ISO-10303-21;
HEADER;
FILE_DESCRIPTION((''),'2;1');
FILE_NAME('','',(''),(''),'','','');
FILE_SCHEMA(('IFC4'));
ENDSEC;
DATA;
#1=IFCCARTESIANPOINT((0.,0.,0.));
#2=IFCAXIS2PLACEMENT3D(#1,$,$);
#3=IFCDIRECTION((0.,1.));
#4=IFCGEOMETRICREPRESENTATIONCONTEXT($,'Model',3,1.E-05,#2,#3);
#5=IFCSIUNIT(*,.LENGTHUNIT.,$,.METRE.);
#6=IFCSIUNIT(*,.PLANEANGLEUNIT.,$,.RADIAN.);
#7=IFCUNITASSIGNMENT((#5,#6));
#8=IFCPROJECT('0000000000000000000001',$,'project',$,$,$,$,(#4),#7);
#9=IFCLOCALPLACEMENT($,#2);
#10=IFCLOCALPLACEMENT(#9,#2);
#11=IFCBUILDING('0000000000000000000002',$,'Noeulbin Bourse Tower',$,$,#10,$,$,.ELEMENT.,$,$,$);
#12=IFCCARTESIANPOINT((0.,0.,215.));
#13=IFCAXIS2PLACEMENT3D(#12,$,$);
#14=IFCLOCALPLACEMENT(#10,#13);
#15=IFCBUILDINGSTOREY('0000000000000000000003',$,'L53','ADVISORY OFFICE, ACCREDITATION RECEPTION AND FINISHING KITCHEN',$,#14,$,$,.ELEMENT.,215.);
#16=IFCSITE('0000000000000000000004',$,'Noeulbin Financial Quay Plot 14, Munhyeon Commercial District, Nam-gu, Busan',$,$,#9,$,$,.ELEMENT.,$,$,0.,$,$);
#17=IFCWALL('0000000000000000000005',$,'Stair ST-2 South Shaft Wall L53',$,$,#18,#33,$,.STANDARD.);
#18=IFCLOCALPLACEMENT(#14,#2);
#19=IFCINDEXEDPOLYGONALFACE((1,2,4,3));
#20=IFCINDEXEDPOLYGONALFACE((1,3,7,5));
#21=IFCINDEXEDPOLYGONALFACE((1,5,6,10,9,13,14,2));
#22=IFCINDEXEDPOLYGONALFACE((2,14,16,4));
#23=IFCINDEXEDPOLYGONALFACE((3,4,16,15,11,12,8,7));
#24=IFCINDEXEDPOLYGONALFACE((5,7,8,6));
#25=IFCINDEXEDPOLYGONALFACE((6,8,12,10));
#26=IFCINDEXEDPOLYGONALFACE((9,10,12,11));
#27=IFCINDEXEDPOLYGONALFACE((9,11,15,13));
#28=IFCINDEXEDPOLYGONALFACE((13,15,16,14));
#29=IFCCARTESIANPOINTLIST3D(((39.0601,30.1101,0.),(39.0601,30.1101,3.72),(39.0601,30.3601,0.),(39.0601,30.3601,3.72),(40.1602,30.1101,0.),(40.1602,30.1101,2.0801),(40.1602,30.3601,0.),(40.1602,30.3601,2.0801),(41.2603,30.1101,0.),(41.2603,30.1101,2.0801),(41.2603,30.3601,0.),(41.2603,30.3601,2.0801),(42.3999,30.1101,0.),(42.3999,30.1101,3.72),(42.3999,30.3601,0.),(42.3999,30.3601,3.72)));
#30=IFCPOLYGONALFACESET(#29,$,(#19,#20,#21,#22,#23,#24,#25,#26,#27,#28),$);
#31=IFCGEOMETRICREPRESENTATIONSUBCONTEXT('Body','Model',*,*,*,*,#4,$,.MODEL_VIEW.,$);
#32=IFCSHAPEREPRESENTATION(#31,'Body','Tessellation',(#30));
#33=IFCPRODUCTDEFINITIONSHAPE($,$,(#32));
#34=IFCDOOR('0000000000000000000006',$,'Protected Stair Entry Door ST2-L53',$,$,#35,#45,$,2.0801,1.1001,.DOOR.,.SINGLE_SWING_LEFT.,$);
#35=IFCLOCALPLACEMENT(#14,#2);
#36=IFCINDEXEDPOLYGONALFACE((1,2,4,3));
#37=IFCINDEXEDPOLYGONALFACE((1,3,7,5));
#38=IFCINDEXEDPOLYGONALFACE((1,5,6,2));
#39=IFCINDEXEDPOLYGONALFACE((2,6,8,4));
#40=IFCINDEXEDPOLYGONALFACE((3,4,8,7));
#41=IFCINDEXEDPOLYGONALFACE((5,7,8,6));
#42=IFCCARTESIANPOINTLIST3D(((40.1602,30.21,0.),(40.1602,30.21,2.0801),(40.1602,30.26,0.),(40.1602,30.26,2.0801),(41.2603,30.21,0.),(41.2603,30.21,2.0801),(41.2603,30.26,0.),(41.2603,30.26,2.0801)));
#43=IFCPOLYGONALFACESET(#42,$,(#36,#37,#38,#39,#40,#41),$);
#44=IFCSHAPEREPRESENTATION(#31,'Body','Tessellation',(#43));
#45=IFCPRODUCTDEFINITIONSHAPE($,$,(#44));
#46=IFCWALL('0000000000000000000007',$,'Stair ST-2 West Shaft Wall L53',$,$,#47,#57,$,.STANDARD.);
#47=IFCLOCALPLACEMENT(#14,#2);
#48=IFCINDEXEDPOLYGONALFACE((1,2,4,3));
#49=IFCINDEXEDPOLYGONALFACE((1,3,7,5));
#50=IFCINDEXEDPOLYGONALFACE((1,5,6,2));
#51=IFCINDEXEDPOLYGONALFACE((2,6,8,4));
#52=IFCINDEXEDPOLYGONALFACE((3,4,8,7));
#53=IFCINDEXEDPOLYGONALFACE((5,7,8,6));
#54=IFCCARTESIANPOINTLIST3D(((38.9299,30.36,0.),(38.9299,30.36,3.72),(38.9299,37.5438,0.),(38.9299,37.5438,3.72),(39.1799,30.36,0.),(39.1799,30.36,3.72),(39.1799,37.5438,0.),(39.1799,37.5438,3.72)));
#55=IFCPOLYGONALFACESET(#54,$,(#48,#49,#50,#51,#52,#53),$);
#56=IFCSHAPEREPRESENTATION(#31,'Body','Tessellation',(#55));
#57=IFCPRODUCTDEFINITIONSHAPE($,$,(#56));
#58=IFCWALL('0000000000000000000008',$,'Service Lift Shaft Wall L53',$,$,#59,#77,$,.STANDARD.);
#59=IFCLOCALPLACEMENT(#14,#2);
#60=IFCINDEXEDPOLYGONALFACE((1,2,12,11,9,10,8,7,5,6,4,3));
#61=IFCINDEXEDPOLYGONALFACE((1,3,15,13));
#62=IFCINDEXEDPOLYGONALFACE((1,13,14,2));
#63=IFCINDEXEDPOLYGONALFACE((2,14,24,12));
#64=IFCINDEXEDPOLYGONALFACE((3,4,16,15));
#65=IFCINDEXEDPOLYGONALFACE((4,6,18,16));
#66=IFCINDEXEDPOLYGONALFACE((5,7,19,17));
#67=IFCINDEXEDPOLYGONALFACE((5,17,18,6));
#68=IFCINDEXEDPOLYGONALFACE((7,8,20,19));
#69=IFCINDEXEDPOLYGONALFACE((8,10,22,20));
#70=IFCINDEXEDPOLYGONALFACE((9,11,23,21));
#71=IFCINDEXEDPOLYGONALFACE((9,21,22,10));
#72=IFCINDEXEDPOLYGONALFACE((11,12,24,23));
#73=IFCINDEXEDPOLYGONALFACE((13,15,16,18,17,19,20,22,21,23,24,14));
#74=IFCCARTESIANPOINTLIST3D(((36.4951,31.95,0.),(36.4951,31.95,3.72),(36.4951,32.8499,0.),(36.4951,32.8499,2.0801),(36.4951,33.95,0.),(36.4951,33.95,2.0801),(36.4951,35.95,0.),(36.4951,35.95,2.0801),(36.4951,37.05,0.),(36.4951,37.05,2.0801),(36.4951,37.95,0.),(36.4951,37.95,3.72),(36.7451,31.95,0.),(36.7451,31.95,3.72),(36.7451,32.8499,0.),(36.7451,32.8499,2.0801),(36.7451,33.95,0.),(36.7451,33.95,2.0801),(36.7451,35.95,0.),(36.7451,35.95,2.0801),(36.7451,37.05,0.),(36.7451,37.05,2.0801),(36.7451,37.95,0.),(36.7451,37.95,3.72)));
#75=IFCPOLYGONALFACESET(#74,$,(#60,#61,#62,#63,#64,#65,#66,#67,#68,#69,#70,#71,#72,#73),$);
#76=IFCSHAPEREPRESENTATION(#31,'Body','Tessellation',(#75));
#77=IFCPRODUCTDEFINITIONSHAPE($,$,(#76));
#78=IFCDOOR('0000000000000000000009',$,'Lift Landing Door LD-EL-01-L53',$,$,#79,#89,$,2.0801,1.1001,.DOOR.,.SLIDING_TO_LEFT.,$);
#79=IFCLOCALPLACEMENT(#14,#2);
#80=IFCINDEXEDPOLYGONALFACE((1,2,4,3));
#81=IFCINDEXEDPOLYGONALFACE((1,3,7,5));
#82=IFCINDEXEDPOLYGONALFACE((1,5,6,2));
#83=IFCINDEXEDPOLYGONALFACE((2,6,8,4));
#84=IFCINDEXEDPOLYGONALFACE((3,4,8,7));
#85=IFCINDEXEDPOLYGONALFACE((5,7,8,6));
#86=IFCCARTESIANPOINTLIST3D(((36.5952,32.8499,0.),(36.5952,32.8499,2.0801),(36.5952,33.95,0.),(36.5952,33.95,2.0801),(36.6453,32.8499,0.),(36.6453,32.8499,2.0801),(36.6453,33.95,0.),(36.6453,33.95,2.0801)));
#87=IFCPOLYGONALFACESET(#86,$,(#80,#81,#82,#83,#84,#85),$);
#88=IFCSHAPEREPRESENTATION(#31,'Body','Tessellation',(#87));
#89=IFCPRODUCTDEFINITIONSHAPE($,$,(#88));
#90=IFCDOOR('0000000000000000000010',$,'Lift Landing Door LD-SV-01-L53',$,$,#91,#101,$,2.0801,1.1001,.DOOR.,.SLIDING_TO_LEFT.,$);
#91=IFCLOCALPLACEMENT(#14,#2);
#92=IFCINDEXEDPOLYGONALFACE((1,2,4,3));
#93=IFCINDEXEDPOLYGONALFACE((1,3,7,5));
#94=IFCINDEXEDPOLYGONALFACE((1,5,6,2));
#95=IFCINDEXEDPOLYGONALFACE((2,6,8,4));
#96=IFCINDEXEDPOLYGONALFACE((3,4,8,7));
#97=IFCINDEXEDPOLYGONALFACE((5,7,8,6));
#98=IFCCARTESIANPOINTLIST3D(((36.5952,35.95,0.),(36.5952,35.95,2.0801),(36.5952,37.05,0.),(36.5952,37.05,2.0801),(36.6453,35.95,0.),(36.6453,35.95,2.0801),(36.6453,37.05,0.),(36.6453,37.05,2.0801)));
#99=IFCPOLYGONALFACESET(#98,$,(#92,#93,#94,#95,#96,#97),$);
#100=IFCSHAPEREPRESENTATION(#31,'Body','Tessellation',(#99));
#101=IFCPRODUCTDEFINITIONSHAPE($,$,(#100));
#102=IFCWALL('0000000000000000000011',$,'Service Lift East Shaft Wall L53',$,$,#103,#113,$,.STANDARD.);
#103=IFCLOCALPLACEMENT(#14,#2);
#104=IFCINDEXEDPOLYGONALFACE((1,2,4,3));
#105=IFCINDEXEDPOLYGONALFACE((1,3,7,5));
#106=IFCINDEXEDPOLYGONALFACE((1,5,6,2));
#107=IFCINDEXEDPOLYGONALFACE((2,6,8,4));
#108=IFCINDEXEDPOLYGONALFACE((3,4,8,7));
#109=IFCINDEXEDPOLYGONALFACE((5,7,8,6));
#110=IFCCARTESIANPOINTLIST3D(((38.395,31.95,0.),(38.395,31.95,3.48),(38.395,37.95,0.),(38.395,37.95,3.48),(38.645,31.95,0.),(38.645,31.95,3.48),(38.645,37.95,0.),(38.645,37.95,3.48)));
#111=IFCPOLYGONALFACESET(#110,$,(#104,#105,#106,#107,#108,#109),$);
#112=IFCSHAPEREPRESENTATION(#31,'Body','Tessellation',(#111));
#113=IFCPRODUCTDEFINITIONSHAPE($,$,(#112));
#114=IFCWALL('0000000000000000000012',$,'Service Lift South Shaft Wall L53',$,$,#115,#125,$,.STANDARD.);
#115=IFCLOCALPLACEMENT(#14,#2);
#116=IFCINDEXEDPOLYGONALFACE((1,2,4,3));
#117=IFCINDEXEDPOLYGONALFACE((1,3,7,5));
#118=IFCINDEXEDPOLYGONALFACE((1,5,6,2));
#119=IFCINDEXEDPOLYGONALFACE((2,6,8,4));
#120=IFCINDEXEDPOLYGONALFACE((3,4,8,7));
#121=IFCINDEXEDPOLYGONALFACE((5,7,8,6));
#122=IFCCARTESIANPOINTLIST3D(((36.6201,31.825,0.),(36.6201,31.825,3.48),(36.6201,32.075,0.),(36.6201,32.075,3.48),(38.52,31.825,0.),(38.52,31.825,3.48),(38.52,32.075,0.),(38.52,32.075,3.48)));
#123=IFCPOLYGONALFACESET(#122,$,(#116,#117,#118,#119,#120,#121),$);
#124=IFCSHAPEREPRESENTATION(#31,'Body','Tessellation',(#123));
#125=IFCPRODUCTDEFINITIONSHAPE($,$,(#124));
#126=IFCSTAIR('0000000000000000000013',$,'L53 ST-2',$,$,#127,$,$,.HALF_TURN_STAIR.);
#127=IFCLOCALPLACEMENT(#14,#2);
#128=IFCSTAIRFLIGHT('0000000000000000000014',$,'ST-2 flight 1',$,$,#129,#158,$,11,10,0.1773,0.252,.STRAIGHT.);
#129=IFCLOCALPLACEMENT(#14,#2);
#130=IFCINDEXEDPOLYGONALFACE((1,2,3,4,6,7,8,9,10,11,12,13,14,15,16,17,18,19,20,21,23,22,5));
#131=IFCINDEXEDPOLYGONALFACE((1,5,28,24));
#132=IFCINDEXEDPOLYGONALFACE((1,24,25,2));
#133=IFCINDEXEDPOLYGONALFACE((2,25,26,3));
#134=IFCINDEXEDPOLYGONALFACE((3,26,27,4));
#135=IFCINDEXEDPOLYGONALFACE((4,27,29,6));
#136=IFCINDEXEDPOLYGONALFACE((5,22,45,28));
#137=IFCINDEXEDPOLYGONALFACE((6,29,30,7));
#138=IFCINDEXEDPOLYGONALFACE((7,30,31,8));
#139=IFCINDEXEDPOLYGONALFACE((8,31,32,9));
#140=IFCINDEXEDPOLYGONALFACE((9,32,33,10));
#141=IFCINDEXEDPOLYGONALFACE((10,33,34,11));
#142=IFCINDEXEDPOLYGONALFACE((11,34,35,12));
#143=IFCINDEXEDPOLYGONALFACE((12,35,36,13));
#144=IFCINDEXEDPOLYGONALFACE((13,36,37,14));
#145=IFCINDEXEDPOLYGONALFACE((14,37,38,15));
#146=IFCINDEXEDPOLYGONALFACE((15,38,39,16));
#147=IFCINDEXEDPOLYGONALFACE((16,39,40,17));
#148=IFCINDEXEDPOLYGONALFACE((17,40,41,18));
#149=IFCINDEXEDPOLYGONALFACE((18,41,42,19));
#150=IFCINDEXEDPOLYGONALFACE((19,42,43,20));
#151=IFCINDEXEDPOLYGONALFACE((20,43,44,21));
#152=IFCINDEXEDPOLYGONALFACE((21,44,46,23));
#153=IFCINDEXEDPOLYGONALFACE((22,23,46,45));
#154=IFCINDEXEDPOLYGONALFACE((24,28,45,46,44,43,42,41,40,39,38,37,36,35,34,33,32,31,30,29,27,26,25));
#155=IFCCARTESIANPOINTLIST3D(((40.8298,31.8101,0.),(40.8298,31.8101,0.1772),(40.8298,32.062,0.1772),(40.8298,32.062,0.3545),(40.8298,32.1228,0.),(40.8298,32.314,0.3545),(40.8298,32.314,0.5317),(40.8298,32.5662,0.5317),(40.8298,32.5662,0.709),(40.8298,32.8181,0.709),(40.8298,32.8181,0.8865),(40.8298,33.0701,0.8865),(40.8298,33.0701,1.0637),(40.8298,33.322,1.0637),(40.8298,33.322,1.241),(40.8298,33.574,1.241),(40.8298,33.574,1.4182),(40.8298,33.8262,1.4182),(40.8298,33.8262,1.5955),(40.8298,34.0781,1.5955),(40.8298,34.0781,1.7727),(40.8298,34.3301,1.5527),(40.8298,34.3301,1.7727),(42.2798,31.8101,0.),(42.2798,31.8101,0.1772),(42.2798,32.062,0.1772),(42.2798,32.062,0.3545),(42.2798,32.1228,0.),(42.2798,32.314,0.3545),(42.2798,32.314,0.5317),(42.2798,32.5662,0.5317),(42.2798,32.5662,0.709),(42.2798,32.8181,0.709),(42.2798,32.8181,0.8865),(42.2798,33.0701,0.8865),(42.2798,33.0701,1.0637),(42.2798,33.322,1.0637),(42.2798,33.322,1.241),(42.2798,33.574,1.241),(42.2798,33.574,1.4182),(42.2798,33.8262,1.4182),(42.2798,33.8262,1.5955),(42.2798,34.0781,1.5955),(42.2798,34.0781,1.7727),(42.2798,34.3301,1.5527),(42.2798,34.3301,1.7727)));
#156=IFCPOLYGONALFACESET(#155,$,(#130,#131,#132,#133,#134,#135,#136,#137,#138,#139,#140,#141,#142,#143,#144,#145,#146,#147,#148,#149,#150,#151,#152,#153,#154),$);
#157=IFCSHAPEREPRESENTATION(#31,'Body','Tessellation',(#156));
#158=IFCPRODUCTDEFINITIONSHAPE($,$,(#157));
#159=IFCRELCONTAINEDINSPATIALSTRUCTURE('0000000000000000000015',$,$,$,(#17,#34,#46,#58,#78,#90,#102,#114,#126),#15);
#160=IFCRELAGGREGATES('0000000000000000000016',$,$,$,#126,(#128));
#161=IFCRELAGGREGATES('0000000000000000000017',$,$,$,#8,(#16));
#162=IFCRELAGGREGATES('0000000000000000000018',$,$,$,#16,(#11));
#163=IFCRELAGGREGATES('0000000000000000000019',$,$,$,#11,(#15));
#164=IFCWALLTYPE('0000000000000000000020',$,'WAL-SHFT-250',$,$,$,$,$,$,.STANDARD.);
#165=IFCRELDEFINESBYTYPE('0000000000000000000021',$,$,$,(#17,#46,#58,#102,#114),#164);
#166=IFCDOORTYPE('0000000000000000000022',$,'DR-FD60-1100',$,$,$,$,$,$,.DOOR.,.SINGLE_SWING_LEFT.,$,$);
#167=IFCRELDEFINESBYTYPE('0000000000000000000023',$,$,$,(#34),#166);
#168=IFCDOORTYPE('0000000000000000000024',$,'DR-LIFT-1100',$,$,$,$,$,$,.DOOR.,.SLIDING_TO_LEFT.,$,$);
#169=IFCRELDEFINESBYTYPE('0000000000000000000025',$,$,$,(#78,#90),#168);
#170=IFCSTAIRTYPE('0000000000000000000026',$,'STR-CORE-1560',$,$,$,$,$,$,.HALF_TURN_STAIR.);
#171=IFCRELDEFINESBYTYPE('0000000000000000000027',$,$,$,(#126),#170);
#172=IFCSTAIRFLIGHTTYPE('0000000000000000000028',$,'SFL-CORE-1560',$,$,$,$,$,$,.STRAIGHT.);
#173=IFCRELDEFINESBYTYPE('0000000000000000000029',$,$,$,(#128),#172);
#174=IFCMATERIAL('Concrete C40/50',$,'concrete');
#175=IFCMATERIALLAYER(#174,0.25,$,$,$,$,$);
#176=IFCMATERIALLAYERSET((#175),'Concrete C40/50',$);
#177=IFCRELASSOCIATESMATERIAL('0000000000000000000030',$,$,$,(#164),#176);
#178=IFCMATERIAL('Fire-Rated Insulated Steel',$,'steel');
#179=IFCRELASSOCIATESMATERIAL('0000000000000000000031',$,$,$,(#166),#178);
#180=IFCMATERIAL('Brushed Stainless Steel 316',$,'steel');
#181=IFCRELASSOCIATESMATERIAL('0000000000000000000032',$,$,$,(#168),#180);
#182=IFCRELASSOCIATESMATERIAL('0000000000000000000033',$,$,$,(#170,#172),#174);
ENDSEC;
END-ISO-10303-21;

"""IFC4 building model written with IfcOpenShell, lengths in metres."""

from ifc_helpers import new_model, si_unit, direction, frame, frame_2d, origin, place, context, subcontext, project, spatial, polyline, rectangle, outline, extrude, material, layer, layer_set, type_object, element, fill, aggregate, save


model = new_model("IFC4")

# Units and contexts
model_context = context("Model", 3, precision=1e-05, world=origin(), true_north=direction((0.0, 1.0)))
body_context = subcontext(model_context, "Body", "Model", "MODEL_VIEW")
ifc_project = project(units=[si_unit("LENGTHUNIT", "METRE"), si_unit("PLANEANGLEUNIT", "RADIAN")], contexts=[model_context])

# Site, building, storey
site_placement = place(None, origin())
site = spatial("IfcSite", under=ifc_project, at=site_placement, Name="Noeulbin Financial Quay Plot 14, Munhyeon Commercial District, Nam-gu, Busan", CompositionType="ELEMENT", RefElevation=0.0)
building_placement = place(site_placement, origin())
building = spatial("IfcBuilding", under=site, at=building_placement, Name="Noeulbin Bourse Tower", CompositionType="ELEMENT")
storey_placement = place(building_placement, frame((0.0, 0.0, 215.0)))
storey = spatial("IfcBuildingStorey", under=building, at=storey_placement, Name="L53", Description="ADVISORY OFFICE, ACCREDITATION RECEPTION AND FINISHING KITCHEN", CompositionType="ELEMENT", Elevation=215.0)

# Shared definitions
ifc_material_1 = material(Name="Concrete C40/50", Category="concrete")

# Wall, opening, door
ifc_layer_1 = layer(ifc_material_1, 0.25)
ifc_layer_set_1 = layer_set([ifc_layer_1], Name="Concrete C40/50")
wall_type_1 = type_object("IfcWallType", Name="WAL-SHFT-250", PredefinedType="STANDARD", material=ifc_layer_set_1)
wall_1_placement = place(storey_placement, frame((39.0601, 30.2351, 0.0), z_axis=(0.0, 0.0, 1.0), x_axis=(1.0, 0.0, 0.0)))
wall_1 = element("IfcWall", 1, at=wall_1_placement, inside=storey, type_object=wall_type_1, Name="Stair ST-2 South Shaft Wall L53", PredefinedType="STANDARD", context=body_context, shape_type="SweptSolid", body=[
    extrude(rectangle(XDim=3.3398, YDim=0.25, at=frame_2d((1.6699, 0.0))), origin(), (0.0, 0.0, 1.0), 3.72),
])
opening_1_placement = place(wall_1_placement, frame((1.1001, 0.0, 0.0)))
opening_1 = element("IfcOpeningElement", 2, at=opening_1_placement, cuts=wall_1, PredefinedType="OPENING", context=body_context, shape_type="SweptSolid", body=[
    extrude(rectangle(XDim=1.1001, YDim=2.0801, at=frame_2d((0.55, 1.04))), frame((0.0, 0.135, 0.0), z_axis=(0.0, -1.0, 0.0), x_axis=(1.0, 0.0, 0.0)), (0.0, 0.0, 1.0), 0.27),
])
ifc_material_2 = material(Name="Fire-Rated Insulated Steel", Category="steel")
door_type_1 = type_object("IfcDoorType", Name="DR-FD60-1100", OperationType="SINGLE_SWING_LEFT", PredefinedType="DOOR", material=ifc_material_2)
door_1_placement = place(opening_1_placement, origin())
door_1 = element("IfcDoor", 3, at=door_1_placement, inside=storey, type_object=door_type_1, Name="Protected Stair Entry Door ST2-L53", OperationType="SINGLE_SWING_LEFT", OverallHeight=2.0801, OverallWidth=1.1001, PredefinedType="DOOR", context=body_context, shape_type="SweptSolid", body=[
    extrude(rectangle(XDim=1.1001, YDim=2.0801, at=frame_2d((0.55, 1.04))), frame((0.0, 0.0249, 0.0), z_axis=(0.0, -1.0, 0.0), x_axis=(1.0, 0.0, 0.0)), (0.0, 0.0, 1.0), 0.05),
])
fill(opening_1, door_1)

# Wall
wall_2_placement = place(storey_placement, frame((39.0549, 30.3601, 0.0), z_axis=(0.0, 0.0, 1.0), x_axis=(0.0, 1.0, 0.0)))
element("IfcWall", 4, at=wall_2_placement, inside=storey, type_object=wall_type_1, Name="Stair ST-2 West Shaft Wall L53", PredefinedType="STANDARD", context=body_context, shape_type="SweptSolid", body=[
    extrude(rectangle(XDim=7.1838, YDim=0.25, at=frame_2d((3.5918, 0.0))), origin(), (0.0, 0.0, 1.0), 3.72),
])

# Wall, openings, doors
wall_3_placement = place(storey_placement, frame((36.6201, 31.95, 0.0), z_axis=(0.0, 0.0, 1.0), x_axis=(0.0, 1.0, 0.0)))
wall_3 = element("IfcWall", 5, at=wall_3_placement, inside=storey, type_object=wall_type_1, Name="Service Lift Shaft Wall L53", PredefinedType="STANDARD", context=body_context, shape_type="SweptSolid", body=[
    extrude(rectangle(XDim=6.0, YDim=0.25, at=frame_2d((3.0, 0.0))), origin(), (0.0, 0.0, 1.0), 3.72),
])
opening_2_placement = place(wall_3_placement, frame((0.8999, 0.0, 0.0)))
opening_2 = element("IfcOpeningElement", 6, at=opening_2_placement, cuts=wall_3, PredefinedType="OPENING", context=body_context, shape_type="SweptSolid", body=[
    extrude(rectangle(XDim=1.1001, YDim=2.0801, at=frame_2d((0.55, 1.04))), frame((0.0, 0.135, 0.0), z_axis=(0.0, -1.0, 0.0), x_axis=(1.0, 0.0, 0.0)), (0.0, 0.0, 1.0), 0.27),
])
opening_3_placement = place(wall_3_placement, frame((4.0, 0.0, 0.0)))
opening_3 = element("IfcOpeningElement", 7, at=opening_3_placement, cuts=wall_3, PredefinedType="OPENING", context=body_context, shape_type="SweptSolid", body=[
    extrude(rectangle(XDim=1.1001, YDim=2.0801, at=frame_2d((0.55, 1.04))), frame((0.0, 0.135, 0.0), z_axis=(0.0, -1.0, 0.0), x_axis=(1.0, 0.0, 0.0)), (0.0, 0.0, 1.0), 0.27),
])
ifc_material_3 = material(Name="Brushed Stainless Steel 316", Category="steel")
door_type_2 = type_object("IfcDoorType", Name="DR-LIFT-1100", OperationType="SLIDING_TO_LEFT", PredefinedType="DOOR", material=ifc_material_3)
door_2_placement = place(opening_2_placement, origin())
door_2 = element("IfcDoor", 8, at=door_2_placement, inside=storey, type_object=door_type_2, Name="Lift Landing Door LD-EL-01-L53", OperationType="SLIDING_TO_LEFT", OverallHeight=2.0801, OverallWidth=1.1001, PredefinedType="DOOR", context=body_context, shape_type="SweptSolid", body=[
    extrude(rectangle(XDim=1.1001, YDim=2.0801, at=frame_2d((0.55, 1.04))), frame((0.0, 0.0249, 0.0), z_axis=(0.0, -1.0, 0.0), x_axis=(1.0, 0.0, 0.0)), (0.0, 0.0, 1.0), 0.05),
])
fill(opening_2, door_2)
door_3_placement = place(opening_3_placement, origin())
door_3 = element("IfcDoor", 9, at=door_3_placement, inside=storey, type_object=door_type_2, Name="Lift Landing Door LD-SV-01-L53", OperationType="SLIDING_TO_LEFT", OverallHeight=2.0801, OverallWidth=1.1001, PredefinedType="DOOR", context=body_context, shape_type="SweptSolid", body=[
    extrude(rectangle(XDim=1.1001, YDim=2.0801, at=frame_2d((0.55, 1.04))), frame((0.0, 0.0249, 0.0), z_axis=(0.0, -1.0, 0.0), x_axis=(1.0, 0.0, 0.0)), (0.0, 0.0, 1.0), 0.05),
])
fill(opening_3, door_3)

# Walls
wall_4_placement = place(storey_placement, frame((38.52, 31.95, 0.0), z_axis=(0.0, 0.0, 1.0), x_axis=(0.0, 1.0, 0.0)))
element("IfcWall", 10, at=wall_4_placement, inside=storey, type_object=wall_type_1, Name="Service Lift East Shaft Wall L53", PredefinedType="STANDARD", context=body_context, shape_type="SweptSolid", body=[
    extrude(rectangle(XDim=6.0, YDim=0.25, at=frame_2d((3.0, 0.0))), origin(), (0.0, 0.0, 1.0), 3.48),
])
wall_5_placement = place(storey_placement, frame((36.6201, 31.95, 0.0), z_axis=(0.0, 0.0, 1.0), x_axis=(1.0, 0.0, 0.0)))
element("IfcWall", 11, at=wall_5_placement, inside=storey, type_object=wall_type_1, Name="Service Lift South Shaft Wall L53", PredefinedType="STANDARD", context=body_context, shape_type="SweptSolid", body=[
    extrude(rectangle(XDim=1.8999, YDim=0.25, at=frame_2d((0.95, 0.0))), origin(), (0.0, 0.0, 1.0), 3.48),
])

# Stair, stair flight
stair_type = type_object("IfcStairType", Name="STR-CORE-1560", PredefinedType="HALF_TURN_STAIR", material=ifc_material_1)
stair_placement = place(storey_placement, origin())
stair = element("IfcStair", 12, at=stair_placement, inside=storey, type_object=stair_type, Name="L53 ST-2", PredefinedType="HALF_TURN_STAIR")
stair_flight_type = type_object("IfcStairFlightType", Name="SFL-CORE-1560", PredefinedType="STRAIGHT", material=ifc_material_1)
stair_flight_placement = place(storey_placement, frame((41.5549, 31.8101, 0.0), z_axis=(0.0, 0.0, 1.0), x_axis=(0.0, 1.0, 0.0)))
stair_flight = element("IfcStairFlight", 13, at=stair_flight_placement, type_object=stair_flight_type, Name="ST-2 flight 1", NumberOfRisers=11, NumberOfTreads=10, PredefinedType="STRAIGHT", RiserHeight=0.1773, TreadLength=0.252, context=body_context, shape_type="SweptSolid", body=[
    extrude(outline(polyline([(0.0, 0.0), (0.0, 0.1772), (0.252, 0.1772), (0.252, 0.3545), (0.5039, 0.3545), (0.5039, 0.5317), (0.7561, 0.5317), (0.7561, 0.709), (1.0081, 0.709), (1.0081, 0.8865), (1.26, 0.8865), (1.26, 1.0637), (1.512, 1.0637), (1.512, 1.241), (1.7639, 1.241), (1.7639, 1.4182), (2.0161, 1.4182), (2.0161, 1.5955), (2.2681, 1.5955), (2.2681, 1.7727), (2.52, 1.7727), (2.52, 1.95), (2.52, 1.5527), (0.3127, 0.0), (0.0, 0.0)])), frame((0.0, 0.7251, 0.0), z_axis=(0.0, -1.0, 0.0), x_axis=(1.0, 0.0, 0.0)), (0.0, 0.0, 1.0), 1.45),
])
aggregate(stair, [stair_flight])

save(model, "model.ifc")
